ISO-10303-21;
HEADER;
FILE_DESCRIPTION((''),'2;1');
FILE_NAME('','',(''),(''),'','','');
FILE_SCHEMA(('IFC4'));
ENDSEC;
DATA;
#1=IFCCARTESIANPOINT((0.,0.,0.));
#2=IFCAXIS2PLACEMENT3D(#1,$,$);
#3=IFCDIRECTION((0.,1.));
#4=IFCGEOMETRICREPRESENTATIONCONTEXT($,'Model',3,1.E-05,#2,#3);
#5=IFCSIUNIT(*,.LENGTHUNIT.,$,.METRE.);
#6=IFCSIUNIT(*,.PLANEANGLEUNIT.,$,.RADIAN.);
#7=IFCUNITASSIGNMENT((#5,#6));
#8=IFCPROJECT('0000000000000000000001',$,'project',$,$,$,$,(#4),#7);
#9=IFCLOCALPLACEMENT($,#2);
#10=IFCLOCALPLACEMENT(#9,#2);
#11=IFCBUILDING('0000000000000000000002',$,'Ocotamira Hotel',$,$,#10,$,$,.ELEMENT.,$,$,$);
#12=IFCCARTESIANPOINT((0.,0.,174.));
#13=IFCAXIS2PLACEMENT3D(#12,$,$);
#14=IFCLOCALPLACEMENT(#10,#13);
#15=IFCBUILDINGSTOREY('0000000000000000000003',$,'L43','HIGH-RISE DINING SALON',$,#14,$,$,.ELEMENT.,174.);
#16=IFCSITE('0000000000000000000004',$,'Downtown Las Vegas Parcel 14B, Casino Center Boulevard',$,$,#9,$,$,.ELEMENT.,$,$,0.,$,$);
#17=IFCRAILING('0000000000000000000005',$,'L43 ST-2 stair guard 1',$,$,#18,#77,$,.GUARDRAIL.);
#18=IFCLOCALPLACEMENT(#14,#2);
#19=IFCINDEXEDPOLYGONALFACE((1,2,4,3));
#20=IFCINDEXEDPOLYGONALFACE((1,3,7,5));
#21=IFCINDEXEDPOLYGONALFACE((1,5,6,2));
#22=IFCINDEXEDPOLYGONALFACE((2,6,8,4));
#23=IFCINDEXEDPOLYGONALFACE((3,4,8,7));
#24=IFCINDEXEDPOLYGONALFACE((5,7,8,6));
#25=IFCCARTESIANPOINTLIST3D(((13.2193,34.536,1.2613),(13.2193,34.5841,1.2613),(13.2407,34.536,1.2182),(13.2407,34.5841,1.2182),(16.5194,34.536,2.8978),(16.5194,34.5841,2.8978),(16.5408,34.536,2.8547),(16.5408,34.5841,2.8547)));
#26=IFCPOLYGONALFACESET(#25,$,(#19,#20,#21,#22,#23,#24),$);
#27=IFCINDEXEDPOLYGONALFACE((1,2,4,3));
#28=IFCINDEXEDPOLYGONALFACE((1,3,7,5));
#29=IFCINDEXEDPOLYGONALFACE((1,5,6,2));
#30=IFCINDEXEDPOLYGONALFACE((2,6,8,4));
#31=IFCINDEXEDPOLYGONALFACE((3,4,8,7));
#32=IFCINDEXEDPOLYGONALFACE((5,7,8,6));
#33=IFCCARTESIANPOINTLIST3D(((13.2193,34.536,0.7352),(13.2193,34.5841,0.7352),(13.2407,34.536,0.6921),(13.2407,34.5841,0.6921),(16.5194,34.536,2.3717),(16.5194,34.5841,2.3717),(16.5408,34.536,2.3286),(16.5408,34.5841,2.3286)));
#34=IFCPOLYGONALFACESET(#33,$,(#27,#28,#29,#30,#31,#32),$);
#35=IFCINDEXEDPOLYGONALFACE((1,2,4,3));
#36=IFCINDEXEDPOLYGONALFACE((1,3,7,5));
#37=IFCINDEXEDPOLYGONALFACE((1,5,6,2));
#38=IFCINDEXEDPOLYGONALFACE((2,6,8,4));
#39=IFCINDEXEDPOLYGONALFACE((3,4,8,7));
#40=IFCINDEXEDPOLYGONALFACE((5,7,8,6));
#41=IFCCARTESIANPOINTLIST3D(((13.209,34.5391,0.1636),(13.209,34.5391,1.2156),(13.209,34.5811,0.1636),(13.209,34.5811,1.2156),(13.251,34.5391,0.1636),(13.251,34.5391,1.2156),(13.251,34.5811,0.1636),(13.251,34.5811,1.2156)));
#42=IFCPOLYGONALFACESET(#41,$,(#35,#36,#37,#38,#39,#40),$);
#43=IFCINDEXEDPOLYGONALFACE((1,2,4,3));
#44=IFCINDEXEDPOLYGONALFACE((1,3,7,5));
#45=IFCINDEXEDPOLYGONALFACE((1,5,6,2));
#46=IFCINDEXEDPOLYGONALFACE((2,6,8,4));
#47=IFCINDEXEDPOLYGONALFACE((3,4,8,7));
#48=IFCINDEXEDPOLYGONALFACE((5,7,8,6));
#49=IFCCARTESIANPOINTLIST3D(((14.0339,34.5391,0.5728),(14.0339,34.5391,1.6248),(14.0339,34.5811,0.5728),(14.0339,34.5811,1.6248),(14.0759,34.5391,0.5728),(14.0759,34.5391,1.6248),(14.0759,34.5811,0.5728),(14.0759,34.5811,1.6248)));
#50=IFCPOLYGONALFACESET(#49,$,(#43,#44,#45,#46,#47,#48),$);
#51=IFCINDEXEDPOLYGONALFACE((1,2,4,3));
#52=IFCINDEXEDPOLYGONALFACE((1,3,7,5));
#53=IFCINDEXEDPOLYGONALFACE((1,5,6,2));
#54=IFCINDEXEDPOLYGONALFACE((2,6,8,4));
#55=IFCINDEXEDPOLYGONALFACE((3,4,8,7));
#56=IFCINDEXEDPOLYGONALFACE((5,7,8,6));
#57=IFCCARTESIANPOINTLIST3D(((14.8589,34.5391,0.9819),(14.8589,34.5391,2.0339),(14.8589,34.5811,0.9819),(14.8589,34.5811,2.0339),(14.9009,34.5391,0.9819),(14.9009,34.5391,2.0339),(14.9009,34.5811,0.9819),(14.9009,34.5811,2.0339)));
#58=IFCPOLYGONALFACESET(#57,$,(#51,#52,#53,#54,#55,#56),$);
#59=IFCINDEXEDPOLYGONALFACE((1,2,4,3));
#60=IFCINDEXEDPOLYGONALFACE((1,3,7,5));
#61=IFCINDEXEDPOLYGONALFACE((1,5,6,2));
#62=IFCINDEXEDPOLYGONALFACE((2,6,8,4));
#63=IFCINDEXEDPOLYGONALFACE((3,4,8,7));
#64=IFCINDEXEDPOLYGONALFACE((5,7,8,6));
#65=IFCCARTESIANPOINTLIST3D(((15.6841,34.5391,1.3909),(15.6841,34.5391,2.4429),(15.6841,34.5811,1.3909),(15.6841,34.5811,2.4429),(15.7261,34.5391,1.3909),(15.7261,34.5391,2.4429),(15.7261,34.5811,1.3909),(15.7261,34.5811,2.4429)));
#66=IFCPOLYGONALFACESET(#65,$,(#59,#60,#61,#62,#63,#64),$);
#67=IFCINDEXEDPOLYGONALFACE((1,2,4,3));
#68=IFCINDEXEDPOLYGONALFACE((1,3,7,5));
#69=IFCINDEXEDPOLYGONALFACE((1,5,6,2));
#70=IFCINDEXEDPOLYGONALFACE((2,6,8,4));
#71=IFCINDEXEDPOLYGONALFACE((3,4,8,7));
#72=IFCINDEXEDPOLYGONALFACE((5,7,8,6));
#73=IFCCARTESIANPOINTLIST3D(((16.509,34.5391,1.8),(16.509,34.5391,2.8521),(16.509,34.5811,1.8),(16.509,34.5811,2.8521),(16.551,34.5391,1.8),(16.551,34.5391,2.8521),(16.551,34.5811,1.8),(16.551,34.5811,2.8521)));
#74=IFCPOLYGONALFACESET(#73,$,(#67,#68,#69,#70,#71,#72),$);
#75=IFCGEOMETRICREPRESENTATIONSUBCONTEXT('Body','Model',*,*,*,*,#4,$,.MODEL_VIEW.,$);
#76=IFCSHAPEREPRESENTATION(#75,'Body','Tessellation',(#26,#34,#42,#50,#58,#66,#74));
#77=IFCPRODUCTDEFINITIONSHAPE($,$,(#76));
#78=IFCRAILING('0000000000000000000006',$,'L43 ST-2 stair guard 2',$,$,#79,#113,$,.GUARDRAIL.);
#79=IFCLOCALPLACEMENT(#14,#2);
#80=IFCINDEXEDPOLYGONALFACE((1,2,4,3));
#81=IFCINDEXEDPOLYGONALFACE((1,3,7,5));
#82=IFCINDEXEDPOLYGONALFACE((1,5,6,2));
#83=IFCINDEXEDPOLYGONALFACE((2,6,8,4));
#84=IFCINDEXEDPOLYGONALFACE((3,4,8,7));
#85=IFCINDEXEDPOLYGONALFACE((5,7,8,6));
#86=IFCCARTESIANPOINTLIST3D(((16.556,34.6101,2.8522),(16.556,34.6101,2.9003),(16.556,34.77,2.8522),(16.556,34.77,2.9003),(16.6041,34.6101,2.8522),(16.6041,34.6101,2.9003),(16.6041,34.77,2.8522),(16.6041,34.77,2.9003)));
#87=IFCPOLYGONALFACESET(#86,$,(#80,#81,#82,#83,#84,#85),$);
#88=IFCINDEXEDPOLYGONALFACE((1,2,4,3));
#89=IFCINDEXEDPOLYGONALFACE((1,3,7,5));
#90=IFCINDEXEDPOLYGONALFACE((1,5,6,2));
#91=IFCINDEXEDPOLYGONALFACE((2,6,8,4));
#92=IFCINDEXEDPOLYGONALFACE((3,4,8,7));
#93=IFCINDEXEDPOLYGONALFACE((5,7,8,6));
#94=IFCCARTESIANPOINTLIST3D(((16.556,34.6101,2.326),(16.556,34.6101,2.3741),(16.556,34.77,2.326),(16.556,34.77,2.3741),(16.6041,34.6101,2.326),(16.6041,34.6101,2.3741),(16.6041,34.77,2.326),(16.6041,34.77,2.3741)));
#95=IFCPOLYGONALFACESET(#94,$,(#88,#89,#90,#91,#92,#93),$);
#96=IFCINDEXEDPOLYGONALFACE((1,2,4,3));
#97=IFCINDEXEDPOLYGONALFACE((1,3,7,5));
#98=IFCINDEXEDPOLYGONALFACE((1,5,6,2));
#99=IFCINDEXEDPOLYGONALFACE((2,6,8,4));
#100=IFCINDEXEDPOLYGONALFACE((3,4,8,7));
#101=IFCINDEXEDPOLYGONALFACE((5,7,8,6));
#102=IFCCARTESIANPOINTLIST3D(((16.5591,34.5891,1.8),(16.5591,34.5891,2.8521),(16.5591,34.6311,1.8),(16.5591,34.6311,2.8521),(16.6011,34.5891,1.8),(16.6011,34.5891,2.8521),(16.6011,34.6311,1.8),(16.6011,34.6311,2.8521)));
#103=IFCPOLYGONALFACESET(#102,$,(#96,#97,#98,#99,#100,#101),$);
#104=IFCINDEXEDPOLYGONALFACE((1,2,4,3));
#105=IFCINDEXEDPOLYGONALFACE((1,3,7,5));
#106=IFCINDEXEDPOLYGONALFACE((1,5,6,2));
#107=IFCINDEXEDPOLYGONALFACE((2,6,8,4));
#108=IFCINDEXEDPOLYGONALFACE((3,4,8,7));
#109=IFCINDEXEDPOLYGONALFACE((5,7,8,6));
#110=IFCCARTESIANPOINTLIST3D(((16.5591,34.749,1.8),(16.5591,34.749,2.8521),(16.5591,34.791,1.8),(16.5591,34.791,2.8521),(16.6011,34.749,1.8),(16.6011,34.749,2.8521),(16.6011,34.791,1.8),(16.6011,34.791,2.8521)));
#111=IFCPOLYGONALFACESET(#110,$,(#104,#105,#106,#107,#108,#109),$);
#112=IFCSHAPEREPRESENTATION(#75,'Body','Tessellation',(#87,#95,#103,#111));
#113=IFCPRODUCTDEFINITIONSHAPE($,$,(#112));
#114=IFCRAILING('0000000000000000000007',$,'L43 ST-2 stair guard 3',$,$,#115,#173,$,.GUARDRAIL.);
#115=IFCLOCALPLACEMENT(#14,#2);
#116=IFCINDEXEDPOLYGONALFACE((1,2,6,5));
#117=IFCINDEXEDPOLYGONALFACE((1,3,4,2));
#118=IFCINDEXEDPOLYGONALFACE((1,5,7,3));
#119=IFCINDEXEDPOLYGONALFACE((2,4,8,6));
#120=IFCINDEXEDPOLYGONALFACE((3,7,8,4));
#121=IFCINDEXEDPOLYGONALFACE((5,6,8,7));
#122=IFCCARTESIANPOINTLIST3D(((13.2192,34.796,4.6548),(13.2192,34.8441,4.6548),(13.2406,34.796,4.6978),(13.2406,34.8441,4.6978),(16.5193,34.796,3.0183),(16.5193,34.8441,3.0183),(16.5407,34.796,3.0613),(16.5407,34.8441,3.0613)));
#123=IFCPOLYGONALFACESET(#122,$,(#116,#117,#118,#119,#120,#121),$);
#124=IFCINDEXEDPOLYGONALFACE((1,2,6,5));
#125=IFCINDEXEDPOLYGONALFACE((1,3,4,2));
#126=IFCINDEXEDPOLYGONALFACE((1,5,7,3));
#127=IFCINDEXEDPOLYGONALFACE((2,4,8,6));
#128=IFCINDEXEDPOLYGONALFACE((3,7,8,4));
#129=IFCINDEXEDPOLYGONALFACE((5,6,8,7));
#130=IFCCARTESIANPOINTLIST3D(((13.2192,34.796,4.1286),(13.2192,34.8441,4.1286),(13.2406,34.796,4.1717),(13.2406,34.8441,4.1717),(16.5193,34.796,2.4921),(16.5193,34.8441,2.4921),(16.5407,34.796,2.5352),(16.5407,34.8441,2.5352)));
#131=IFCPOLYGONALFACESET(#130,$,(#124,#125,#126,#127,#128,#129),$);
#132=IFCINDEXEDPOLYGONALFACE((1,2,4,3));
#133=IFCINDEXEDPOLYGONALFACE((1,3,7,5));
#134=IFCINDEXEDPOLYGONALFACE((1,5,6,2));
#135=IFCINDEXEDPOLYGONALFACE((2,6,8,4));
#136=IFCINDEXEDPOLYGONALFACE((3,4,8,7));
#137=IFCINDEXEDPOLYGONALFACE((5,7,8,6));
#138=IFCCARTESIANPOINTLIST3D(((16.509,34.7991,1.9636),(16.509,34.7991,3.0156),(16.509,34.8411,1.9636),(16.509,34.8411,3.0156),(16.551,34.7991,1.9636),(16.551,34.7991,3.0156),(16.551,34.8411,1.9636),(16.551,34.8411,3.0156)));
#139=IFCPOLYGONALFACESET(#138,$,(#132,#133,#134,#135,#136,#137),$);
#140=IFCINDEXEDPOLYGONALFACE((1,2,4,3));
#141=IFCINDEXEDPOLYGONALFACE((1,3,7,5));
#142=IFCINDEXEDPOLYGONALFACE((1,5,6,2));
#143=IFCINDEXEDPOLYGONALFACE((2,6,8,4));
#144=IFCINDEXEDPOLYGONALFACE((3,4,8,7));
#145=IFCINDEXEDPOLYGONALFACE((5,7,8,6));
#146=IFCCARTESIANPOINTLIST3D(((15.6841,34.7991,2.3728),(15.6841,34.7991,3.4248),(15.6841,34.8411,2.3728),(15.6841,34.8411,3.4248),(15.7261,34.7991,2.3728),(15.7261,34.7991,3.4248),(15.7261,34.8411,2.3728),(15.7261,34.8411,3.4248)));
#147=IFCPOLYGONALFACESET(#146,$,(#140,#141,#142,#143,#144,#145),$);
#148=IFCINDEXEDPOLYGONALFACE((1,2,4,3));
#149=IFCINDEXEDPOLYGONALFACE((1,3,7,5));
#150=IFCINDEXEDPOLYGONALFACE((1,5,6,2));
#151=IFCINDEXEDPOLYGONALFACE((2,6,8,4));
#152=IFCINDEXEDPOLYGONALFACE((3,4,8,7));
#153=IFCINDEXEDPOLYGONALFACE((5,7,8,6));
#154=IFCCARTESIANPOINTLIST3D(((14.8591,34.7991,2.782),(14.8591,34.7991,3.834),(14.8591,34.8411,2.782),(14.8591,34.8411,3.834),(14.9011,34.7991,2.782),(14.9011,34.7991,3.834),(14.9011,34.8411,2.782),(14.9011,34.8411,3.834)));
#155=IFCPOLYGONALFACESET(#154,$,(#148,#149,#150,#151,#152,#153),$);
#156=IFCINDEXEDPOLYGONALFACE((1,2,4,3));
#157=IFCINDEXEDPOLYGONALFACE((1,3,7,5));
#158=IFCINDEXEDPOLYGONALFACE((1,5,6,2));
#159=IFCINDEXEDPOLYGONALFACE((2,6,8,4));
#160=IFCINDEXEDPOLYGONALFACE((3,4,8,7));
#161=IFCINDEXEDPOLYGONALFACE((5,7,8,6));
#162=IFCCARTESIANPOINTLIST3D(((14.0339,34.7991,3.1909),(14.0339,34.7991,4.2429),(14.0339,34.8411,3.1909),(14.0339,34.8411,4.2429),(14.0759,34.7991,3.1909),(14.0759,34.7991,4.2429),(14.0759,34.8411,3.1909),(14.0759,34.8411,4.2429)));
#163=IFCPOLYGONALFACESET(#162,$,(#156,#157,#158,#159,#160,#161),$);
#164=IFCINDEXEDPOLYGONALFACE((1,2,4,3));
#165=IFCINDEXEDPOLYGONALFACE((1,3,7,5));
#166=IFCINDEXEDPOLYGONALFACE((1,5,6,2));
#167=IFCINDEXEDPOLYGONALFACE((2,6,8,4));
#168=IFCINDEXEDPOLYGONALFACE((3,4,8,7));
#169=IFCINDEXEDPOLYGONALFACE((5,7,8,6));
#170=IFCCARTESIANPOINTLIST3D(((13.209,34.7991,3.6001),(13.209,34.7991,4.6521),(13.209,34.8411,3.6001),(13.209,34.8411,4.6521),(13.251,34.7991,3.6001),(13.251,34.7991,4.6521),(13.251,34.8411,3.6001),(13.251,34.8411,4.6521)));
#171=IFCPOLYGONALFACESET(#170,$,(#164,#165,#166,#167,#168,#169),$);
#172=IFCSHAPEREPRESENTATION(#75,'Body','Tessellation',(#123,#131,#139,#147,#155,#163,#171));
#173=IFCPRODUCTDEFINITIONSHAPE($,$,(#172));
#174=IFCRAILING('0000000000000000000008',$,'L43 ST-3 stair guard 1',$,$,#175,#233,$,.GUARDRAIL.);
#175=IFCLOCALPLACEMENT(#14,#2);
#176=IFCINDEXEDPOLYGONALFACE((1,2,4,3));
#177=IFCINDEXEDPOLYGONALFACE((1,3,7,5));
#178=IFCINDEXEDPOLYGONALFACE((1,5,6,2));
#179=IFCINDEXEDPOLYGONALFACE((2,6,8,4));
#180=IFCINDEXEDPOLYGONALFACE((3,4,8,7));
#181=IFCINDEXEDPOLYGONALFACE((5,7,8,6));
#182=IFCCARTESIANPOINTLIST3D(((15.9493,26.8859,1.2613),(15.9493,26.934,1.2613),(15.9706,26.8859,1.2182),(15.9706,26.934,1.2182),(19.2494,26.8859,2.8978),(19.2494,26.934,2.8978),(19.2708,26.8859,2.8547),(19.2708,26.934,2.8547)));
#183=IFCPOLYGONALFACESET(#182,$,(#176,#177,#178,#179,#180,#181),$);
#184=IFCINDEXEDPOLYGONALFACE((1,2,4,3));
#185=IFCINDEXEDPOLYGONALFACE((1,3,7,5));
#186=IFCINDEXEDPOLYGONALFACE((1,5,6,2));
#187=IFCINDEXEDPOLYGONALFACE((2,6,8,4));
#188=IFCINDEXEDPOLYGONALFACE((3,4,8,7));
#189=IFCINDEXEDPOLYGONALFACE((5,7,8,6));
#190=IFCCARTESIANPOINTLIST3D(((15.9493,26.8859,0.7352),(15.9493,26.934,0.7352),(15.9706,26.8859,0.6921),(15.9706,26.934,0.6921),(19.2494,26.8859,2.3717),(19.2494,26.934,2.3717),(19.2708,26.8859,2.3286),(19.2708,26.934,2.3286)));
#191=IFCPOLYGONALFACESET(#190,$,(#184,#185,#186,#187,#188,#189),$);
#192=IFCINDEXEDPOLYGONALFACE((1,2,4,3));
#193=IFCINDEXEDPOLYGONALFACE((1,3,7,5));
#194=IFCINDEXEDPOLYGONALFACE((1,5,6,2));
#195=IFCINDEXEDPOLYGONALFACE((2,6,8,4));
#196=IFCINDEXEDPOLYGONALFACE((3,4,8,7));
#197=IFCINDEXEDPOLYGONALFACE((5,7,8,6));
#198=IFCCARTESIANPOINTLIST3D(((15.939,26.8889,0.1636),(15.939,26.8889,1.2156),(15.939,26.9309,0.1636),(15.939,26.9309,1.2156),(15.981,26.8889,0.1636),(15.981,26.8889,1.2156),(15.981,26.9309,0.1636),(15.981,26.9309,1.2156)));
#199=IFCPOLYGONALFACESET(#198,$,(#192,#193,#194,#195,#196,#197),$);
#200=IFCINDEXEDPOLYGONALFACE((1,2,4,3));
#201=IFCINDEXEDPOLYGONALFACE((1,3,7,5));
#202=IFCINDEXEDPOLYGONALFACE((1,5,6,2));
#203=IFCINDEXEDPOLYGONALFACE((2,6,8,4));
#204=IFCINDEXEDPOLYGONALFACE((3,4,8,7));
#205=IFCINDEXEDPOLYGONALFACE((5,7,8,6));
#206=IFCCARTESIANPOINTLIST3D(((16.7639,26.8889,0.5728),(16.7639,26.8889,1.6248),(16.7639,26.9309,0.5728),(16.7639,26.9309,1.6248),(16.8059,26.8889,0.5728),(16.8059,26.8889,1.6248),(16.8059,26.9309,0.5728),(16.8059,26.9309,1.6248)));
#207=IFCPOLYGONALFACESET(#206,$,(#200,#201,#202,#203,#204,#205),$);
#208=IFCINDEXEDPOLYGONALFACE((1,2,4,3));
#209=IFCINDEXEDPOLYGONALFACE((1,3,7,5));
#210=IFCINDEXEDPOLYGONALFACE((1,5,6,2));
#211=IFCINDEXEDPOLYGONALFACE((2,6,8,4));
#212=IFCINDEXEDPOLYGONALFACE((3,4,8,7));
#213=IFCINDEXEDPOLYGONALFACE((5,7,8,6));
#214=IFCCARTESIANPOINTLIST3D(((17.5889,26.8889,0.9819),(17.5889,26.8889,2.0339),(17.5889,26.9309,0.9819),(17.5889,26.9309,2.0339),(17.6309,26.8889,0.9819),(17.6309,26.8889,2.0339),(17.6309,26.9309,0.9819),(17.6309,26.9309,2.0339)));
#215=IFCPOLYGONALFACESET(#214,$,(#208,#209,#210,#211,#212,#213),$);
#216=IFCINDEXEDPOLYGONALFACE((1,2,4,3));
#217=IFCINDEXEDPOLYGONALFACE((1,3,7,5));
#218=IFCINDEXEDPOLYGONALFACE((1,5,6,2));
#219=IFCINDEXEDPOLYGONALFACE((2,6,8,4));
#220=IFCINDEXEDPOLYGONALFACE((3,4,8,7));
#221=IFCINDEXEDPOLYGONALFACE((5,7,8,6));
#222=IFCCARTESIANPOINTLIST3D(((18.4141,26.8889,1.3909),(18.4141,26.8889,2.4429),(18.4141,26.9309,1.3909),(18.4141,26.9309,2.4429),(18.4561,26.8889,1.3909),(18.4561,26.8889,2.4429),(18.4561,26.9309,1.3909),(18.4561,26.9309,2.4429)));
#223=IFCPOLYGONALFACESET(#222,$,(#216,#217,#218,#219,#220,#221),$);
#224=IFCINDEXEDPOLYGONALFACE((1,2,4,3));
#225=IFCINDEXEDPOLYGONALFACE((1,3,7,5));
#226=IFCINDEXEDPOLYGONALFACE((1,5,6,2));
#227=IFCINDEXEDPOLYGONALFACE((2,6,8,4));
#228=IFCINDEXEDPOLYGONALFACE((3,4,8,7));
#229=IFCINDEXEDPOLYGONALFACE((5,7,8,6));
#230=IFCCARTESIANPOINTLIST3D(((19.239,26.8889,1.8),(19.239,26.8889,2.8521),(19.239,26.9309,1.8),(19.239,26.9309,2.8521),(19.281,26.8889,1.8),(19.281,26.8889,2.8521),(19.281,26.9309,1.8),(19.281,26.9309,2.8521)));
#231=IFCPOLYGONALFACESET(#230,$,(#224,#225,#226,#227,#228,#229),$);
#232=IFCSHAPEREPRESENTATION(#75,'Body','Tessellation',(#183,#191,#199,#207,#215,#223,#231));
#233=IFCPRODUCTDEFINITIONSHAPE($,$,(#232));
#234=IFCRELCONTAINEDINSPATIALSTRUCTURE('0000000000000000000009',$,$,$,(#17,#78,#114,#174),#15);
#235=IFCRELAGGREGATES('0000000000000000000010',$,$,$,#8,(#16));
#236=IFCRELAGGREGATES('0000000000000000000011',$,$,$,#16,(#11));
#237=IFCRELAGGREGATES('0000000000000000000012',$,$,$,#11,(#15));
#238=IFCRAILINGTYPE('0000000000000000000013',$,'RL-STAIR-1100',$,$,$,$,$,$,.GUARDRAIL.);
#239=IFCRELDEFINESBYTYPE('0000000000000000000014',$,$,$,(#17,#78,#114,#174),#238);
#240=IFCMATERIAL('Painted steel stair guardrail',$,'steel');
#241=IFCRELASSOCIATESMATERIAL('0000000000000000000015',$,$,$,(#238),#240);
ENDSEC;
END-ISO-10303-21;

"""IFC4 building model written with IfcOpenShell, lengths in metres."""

from ifc_helpers import new_model, si_unit, direction, frame, origin, origin_2d, place, context, subcontext, project, spatial, rectangle, extrude, material, type_object, element, save


model = new_model("IFC4")

# Units and contexts
model_context = context("Model", 3, precision=1e-05, world=origin(), true_north=direction((0.0, 1.0)))
body_context = subcontext(model_context, "Body", "Model", "MODEL_VIEW")
ifc_project = project(units=[si_unit("LENGTHUNIT", "METRE"), si_unit("PLANEANGLEUNIT", "RADIAN")], contexts=[model_context])

# Site, building, storey
site_placement = place(None, origin())
site = spatial("IfcSite", under=ifc_project, at=site_placement, Name="Downtown Las Vegas Parcel 14B, Casino Center Boulevard", CompositionType="ELEMENT", RefElevation=0.0)
building_placement = place(site_placement, origin())
building = spatial("IfcBuilding", under=site, at=building_placement, Name="Ocotamira Hotel", CompositionType="ELEMENT")
storey_placement = place(building_placement, frame((0.0, 0.0, 174.0)))
storey = spatial("IfcBuildingStorey", under=building, at=storey_placement, Name="L43", Description="HIGH-RISE DINING SALON", CompositionType="ELEMENT", Elevation=174.0)

# Railings
ifc_material_1 = material(Name="Painted steel stair guardrail", Category="steel")
railing_type_1 = type_object("IfcRailingType", Name="RL-STAIR-1100", PredefinedType="GUARDRAIL", material=ifc_material_1)
railing_1_placement = place(storey_placement, frame((13.23, 34.5601, 0.1636)))
element("IfcRailing", 1, at=railing_1_placement, inside=storey, type_object=railing_type_1, Name="L43 ST-2 stair guard 1", PredefinedType="GUARDRAIL", context=body_context, shape_type="SweptSolid", body=[
    extrude(rectangle(XDim=0.0481, YDim=0.0481, at=origin_2d()), frame((0.0, 0.0, 1.0762), z_axis=(0.895894, 0.0, 0.444268), x_axis=(0.0, 1.0, 0.0)), (0.0, 0.0, 1.0), 3.6836),
    extrude(rectangle(XDim=0.0481, YDim=0.0481, at=origin_2d()), frame((0.0, 0.0, 0.55), z_axis=(0.895894, 0.0, 0.444268), x_axis=(0.0, 1.0, 0.0)), (0.0, 0.0, 1.0), 3.6836),
    extrude(rectangle(XDim=0.042, YDim=0.042, at=origin_2d()), origin(), (0.0, 0.0, 1.0), 1.052),
    extrude(rectangle(XDim=0.042, YDim=0.042, at=origin_2d()), frame((0.825, 0.0, 0.4092)), (0.0, 0.0, 1.0), 1.052),
    extrude(rectangle(XDim=0.042, YDim=0.042, at=origin_2d()), frame((1.6499, 0.0, 0.8184)), (0.0, 0.0, 1.0), 1.052),
    extrude(rectangle(XDim=0.042, YDim=0.042, at=origin_2d()), frame((2.4751, 0.0, 1.2273)), (0.0, 0.0, 1.0), 1.052),
    extrude(rectangle(XDim=0.042, YDim=0.042, at=origin_2d()), frame((3.3, 0.0, 1.6365)), (0.0, 0.0, 1.0), 1.052),
])
railing_2_placement = place(storey_placement, frame((16.5801, 34.6101, 1.8)))
element("IfcRailing", 2, at=railing_2_placement, inside=storey, type_object=railing_type_1, Name="L43 ST-2 stair guard 2", PredefinedType="GUARDRAIL", context=body_context, shape_type="SweptSolid", body=[
    extrude(rectangle(XDim=0.0481, YDim=0.0481, at=origin_2d()), frame((0.0, 0.0, 1.0762), z_axis=(0.0, 1.0, 0.0), x_axis=(-1.0, 0.0, 0.0)), (0.0, 0.0, 1.0), 0.1599),
    extrude(rectangle(XDim=0.0481, YDim=0.0481, at=origin_2d()), frame((0.0, 0.0, 0.55), z_axis=(0.0, 1.0, 0.0), x_axis=(-1.0, 0.0, 0.0)), (0.0, 0.0, 1.0), 0.1599),
    extrude(rectangle(XDim=0.042, YDim=0.042, at=origin_2d()), origin(), (0.0, 0.0, 1.0), 1.052),
    extrude(rectangle(XDim=0.042, YDim=0.042, at=origin_2d()), frame((0.0, 0.1599, 0.0)), (0.0, 0.0, 1.0), 1.052),
])
railing_3_placement = place(storey_placement, frame((16.53, 34.8201, 1.9636)))
element("IfcRailing", 3, at=railing_3_placement, inside=storey, type_object=railing_type_1, Name="L43 ST-2 stair guard 3", PredefinedType="GUARDRAIL", context=body_context, shape_type="SweptSolid", body=[
    extrude(rectangle(XDim=0.0481, YDim=0.0481, at=origin_2d()), frame((0.0, 0.0, 1.0762), z_axis=(-0.895894, 0.0, 0.444268), x_axis=(0.0, -1.0, 0.0)), (0.0, 0.0, 1.0), 3.6836),
    extrude(rectangle(XDim=0.0481, YDim=0.0481, at=origin_2d()), frame((0.0, 0.0, 0.55), z_axis=(-0.895894, 0.0, 0.444268), x_axis=(0.0, -1.0, 0.0)), (0.0, 0.0, 1.0), 3.6836),
    extrude(rectangle(XDim=0.042, YDim=0.042, at=origin_2d()), origin(), (0.0, 0.0, 1.0), 1.052),
    extrude(rectangle(XDim=0.042, YDim=0.042, at=origin_2d()), frame((-0.825, 0.0, 0.4092)), (0.0, 0.0, 1.0), 1.052),
    extrude(rectangle(XDim=0.042, YDim=0.042, at=origin_2d()), frame((-1.6499, 0.0, 0.8184)), (0.0, 0.0, 1.0), 1.052),
    extrude(rectangle(XDim=0.042, YDim=0.042, at=origin_2d()), frame((-2.4751, 0.0, 1.2273)), (0.0, 0.0, 1.0), 1.052),
    extrude(rectangle(XDim=0.042, YDim=0.042, at=origin_2d()), frame((-3.3, 0.0, 1.6365)), (0.0, 0.0, 1.0), 1.052),
])
railing_4_placement = place(storey_placement, frame((15.96, 26.9099, 0.1636)))
element("IfcRailing", 4, at=railing_4_placement, inside=storey, type_object=railing_type_1, Name="L43 ST-3 stair guard 1", PredefinedType="GUARDRAIL", context=body_context, shape_type="SweptSolid", body=[
    extrude(rectangle(XDim=0.0481, YDim=0.0481, at=origin_2d()), frame((0.0, 0.0, 1.0762), z_axis=(0.895894, 0.0, 0.444268), x_axis=(0.0, 1.0, 0.0)), (0.0, 0.0, 1.0), 3.6836),
    extrude(rectangle(XDim=0.0481, YDim=0.0481, at=origin_2d()), frame((0.0, 0.0, 0.55), z_axis=(0.895894, 0.0, 0.444268), x_axis=(0.0, 1.0, 0.0)), (0.0, 0.0, 1.0), 3.6836),
    extrude(rectangle(XDim=0.042, YDim=0.042, at=origin_2d()), origin(), (0.0, 0.0, 1.0), 1.052),
    extrude(rectangle(XDim=0.042, YDim=0.042, at=origin_2d()), frame((0.825, 0.0, 0.4092)), (0.0, 0.0, 1.0), 1.052),
    extrude(rectangle(XDim=0.042, YDim=0.042, at=origin_2d()), frame((1.6499, 0.0, 0.8184)), (0.0, 0.0, 1.0), 1.052),
    extrude(rectangle(XDim=0.042, YDim=0.042, at=origin_2d()), frame((2.4751, 0.0, 1.2273)), (0.0, 0.0, 1.0), 1.052),
    extrude(rectangle(XDim=0.042, YDim=0.042, at=origin_2d()), frame((3.3, 0.0, 1.6365)), (0.0, 0.0, 1.0), 1.052),
])

save(model, "model.ifc")
